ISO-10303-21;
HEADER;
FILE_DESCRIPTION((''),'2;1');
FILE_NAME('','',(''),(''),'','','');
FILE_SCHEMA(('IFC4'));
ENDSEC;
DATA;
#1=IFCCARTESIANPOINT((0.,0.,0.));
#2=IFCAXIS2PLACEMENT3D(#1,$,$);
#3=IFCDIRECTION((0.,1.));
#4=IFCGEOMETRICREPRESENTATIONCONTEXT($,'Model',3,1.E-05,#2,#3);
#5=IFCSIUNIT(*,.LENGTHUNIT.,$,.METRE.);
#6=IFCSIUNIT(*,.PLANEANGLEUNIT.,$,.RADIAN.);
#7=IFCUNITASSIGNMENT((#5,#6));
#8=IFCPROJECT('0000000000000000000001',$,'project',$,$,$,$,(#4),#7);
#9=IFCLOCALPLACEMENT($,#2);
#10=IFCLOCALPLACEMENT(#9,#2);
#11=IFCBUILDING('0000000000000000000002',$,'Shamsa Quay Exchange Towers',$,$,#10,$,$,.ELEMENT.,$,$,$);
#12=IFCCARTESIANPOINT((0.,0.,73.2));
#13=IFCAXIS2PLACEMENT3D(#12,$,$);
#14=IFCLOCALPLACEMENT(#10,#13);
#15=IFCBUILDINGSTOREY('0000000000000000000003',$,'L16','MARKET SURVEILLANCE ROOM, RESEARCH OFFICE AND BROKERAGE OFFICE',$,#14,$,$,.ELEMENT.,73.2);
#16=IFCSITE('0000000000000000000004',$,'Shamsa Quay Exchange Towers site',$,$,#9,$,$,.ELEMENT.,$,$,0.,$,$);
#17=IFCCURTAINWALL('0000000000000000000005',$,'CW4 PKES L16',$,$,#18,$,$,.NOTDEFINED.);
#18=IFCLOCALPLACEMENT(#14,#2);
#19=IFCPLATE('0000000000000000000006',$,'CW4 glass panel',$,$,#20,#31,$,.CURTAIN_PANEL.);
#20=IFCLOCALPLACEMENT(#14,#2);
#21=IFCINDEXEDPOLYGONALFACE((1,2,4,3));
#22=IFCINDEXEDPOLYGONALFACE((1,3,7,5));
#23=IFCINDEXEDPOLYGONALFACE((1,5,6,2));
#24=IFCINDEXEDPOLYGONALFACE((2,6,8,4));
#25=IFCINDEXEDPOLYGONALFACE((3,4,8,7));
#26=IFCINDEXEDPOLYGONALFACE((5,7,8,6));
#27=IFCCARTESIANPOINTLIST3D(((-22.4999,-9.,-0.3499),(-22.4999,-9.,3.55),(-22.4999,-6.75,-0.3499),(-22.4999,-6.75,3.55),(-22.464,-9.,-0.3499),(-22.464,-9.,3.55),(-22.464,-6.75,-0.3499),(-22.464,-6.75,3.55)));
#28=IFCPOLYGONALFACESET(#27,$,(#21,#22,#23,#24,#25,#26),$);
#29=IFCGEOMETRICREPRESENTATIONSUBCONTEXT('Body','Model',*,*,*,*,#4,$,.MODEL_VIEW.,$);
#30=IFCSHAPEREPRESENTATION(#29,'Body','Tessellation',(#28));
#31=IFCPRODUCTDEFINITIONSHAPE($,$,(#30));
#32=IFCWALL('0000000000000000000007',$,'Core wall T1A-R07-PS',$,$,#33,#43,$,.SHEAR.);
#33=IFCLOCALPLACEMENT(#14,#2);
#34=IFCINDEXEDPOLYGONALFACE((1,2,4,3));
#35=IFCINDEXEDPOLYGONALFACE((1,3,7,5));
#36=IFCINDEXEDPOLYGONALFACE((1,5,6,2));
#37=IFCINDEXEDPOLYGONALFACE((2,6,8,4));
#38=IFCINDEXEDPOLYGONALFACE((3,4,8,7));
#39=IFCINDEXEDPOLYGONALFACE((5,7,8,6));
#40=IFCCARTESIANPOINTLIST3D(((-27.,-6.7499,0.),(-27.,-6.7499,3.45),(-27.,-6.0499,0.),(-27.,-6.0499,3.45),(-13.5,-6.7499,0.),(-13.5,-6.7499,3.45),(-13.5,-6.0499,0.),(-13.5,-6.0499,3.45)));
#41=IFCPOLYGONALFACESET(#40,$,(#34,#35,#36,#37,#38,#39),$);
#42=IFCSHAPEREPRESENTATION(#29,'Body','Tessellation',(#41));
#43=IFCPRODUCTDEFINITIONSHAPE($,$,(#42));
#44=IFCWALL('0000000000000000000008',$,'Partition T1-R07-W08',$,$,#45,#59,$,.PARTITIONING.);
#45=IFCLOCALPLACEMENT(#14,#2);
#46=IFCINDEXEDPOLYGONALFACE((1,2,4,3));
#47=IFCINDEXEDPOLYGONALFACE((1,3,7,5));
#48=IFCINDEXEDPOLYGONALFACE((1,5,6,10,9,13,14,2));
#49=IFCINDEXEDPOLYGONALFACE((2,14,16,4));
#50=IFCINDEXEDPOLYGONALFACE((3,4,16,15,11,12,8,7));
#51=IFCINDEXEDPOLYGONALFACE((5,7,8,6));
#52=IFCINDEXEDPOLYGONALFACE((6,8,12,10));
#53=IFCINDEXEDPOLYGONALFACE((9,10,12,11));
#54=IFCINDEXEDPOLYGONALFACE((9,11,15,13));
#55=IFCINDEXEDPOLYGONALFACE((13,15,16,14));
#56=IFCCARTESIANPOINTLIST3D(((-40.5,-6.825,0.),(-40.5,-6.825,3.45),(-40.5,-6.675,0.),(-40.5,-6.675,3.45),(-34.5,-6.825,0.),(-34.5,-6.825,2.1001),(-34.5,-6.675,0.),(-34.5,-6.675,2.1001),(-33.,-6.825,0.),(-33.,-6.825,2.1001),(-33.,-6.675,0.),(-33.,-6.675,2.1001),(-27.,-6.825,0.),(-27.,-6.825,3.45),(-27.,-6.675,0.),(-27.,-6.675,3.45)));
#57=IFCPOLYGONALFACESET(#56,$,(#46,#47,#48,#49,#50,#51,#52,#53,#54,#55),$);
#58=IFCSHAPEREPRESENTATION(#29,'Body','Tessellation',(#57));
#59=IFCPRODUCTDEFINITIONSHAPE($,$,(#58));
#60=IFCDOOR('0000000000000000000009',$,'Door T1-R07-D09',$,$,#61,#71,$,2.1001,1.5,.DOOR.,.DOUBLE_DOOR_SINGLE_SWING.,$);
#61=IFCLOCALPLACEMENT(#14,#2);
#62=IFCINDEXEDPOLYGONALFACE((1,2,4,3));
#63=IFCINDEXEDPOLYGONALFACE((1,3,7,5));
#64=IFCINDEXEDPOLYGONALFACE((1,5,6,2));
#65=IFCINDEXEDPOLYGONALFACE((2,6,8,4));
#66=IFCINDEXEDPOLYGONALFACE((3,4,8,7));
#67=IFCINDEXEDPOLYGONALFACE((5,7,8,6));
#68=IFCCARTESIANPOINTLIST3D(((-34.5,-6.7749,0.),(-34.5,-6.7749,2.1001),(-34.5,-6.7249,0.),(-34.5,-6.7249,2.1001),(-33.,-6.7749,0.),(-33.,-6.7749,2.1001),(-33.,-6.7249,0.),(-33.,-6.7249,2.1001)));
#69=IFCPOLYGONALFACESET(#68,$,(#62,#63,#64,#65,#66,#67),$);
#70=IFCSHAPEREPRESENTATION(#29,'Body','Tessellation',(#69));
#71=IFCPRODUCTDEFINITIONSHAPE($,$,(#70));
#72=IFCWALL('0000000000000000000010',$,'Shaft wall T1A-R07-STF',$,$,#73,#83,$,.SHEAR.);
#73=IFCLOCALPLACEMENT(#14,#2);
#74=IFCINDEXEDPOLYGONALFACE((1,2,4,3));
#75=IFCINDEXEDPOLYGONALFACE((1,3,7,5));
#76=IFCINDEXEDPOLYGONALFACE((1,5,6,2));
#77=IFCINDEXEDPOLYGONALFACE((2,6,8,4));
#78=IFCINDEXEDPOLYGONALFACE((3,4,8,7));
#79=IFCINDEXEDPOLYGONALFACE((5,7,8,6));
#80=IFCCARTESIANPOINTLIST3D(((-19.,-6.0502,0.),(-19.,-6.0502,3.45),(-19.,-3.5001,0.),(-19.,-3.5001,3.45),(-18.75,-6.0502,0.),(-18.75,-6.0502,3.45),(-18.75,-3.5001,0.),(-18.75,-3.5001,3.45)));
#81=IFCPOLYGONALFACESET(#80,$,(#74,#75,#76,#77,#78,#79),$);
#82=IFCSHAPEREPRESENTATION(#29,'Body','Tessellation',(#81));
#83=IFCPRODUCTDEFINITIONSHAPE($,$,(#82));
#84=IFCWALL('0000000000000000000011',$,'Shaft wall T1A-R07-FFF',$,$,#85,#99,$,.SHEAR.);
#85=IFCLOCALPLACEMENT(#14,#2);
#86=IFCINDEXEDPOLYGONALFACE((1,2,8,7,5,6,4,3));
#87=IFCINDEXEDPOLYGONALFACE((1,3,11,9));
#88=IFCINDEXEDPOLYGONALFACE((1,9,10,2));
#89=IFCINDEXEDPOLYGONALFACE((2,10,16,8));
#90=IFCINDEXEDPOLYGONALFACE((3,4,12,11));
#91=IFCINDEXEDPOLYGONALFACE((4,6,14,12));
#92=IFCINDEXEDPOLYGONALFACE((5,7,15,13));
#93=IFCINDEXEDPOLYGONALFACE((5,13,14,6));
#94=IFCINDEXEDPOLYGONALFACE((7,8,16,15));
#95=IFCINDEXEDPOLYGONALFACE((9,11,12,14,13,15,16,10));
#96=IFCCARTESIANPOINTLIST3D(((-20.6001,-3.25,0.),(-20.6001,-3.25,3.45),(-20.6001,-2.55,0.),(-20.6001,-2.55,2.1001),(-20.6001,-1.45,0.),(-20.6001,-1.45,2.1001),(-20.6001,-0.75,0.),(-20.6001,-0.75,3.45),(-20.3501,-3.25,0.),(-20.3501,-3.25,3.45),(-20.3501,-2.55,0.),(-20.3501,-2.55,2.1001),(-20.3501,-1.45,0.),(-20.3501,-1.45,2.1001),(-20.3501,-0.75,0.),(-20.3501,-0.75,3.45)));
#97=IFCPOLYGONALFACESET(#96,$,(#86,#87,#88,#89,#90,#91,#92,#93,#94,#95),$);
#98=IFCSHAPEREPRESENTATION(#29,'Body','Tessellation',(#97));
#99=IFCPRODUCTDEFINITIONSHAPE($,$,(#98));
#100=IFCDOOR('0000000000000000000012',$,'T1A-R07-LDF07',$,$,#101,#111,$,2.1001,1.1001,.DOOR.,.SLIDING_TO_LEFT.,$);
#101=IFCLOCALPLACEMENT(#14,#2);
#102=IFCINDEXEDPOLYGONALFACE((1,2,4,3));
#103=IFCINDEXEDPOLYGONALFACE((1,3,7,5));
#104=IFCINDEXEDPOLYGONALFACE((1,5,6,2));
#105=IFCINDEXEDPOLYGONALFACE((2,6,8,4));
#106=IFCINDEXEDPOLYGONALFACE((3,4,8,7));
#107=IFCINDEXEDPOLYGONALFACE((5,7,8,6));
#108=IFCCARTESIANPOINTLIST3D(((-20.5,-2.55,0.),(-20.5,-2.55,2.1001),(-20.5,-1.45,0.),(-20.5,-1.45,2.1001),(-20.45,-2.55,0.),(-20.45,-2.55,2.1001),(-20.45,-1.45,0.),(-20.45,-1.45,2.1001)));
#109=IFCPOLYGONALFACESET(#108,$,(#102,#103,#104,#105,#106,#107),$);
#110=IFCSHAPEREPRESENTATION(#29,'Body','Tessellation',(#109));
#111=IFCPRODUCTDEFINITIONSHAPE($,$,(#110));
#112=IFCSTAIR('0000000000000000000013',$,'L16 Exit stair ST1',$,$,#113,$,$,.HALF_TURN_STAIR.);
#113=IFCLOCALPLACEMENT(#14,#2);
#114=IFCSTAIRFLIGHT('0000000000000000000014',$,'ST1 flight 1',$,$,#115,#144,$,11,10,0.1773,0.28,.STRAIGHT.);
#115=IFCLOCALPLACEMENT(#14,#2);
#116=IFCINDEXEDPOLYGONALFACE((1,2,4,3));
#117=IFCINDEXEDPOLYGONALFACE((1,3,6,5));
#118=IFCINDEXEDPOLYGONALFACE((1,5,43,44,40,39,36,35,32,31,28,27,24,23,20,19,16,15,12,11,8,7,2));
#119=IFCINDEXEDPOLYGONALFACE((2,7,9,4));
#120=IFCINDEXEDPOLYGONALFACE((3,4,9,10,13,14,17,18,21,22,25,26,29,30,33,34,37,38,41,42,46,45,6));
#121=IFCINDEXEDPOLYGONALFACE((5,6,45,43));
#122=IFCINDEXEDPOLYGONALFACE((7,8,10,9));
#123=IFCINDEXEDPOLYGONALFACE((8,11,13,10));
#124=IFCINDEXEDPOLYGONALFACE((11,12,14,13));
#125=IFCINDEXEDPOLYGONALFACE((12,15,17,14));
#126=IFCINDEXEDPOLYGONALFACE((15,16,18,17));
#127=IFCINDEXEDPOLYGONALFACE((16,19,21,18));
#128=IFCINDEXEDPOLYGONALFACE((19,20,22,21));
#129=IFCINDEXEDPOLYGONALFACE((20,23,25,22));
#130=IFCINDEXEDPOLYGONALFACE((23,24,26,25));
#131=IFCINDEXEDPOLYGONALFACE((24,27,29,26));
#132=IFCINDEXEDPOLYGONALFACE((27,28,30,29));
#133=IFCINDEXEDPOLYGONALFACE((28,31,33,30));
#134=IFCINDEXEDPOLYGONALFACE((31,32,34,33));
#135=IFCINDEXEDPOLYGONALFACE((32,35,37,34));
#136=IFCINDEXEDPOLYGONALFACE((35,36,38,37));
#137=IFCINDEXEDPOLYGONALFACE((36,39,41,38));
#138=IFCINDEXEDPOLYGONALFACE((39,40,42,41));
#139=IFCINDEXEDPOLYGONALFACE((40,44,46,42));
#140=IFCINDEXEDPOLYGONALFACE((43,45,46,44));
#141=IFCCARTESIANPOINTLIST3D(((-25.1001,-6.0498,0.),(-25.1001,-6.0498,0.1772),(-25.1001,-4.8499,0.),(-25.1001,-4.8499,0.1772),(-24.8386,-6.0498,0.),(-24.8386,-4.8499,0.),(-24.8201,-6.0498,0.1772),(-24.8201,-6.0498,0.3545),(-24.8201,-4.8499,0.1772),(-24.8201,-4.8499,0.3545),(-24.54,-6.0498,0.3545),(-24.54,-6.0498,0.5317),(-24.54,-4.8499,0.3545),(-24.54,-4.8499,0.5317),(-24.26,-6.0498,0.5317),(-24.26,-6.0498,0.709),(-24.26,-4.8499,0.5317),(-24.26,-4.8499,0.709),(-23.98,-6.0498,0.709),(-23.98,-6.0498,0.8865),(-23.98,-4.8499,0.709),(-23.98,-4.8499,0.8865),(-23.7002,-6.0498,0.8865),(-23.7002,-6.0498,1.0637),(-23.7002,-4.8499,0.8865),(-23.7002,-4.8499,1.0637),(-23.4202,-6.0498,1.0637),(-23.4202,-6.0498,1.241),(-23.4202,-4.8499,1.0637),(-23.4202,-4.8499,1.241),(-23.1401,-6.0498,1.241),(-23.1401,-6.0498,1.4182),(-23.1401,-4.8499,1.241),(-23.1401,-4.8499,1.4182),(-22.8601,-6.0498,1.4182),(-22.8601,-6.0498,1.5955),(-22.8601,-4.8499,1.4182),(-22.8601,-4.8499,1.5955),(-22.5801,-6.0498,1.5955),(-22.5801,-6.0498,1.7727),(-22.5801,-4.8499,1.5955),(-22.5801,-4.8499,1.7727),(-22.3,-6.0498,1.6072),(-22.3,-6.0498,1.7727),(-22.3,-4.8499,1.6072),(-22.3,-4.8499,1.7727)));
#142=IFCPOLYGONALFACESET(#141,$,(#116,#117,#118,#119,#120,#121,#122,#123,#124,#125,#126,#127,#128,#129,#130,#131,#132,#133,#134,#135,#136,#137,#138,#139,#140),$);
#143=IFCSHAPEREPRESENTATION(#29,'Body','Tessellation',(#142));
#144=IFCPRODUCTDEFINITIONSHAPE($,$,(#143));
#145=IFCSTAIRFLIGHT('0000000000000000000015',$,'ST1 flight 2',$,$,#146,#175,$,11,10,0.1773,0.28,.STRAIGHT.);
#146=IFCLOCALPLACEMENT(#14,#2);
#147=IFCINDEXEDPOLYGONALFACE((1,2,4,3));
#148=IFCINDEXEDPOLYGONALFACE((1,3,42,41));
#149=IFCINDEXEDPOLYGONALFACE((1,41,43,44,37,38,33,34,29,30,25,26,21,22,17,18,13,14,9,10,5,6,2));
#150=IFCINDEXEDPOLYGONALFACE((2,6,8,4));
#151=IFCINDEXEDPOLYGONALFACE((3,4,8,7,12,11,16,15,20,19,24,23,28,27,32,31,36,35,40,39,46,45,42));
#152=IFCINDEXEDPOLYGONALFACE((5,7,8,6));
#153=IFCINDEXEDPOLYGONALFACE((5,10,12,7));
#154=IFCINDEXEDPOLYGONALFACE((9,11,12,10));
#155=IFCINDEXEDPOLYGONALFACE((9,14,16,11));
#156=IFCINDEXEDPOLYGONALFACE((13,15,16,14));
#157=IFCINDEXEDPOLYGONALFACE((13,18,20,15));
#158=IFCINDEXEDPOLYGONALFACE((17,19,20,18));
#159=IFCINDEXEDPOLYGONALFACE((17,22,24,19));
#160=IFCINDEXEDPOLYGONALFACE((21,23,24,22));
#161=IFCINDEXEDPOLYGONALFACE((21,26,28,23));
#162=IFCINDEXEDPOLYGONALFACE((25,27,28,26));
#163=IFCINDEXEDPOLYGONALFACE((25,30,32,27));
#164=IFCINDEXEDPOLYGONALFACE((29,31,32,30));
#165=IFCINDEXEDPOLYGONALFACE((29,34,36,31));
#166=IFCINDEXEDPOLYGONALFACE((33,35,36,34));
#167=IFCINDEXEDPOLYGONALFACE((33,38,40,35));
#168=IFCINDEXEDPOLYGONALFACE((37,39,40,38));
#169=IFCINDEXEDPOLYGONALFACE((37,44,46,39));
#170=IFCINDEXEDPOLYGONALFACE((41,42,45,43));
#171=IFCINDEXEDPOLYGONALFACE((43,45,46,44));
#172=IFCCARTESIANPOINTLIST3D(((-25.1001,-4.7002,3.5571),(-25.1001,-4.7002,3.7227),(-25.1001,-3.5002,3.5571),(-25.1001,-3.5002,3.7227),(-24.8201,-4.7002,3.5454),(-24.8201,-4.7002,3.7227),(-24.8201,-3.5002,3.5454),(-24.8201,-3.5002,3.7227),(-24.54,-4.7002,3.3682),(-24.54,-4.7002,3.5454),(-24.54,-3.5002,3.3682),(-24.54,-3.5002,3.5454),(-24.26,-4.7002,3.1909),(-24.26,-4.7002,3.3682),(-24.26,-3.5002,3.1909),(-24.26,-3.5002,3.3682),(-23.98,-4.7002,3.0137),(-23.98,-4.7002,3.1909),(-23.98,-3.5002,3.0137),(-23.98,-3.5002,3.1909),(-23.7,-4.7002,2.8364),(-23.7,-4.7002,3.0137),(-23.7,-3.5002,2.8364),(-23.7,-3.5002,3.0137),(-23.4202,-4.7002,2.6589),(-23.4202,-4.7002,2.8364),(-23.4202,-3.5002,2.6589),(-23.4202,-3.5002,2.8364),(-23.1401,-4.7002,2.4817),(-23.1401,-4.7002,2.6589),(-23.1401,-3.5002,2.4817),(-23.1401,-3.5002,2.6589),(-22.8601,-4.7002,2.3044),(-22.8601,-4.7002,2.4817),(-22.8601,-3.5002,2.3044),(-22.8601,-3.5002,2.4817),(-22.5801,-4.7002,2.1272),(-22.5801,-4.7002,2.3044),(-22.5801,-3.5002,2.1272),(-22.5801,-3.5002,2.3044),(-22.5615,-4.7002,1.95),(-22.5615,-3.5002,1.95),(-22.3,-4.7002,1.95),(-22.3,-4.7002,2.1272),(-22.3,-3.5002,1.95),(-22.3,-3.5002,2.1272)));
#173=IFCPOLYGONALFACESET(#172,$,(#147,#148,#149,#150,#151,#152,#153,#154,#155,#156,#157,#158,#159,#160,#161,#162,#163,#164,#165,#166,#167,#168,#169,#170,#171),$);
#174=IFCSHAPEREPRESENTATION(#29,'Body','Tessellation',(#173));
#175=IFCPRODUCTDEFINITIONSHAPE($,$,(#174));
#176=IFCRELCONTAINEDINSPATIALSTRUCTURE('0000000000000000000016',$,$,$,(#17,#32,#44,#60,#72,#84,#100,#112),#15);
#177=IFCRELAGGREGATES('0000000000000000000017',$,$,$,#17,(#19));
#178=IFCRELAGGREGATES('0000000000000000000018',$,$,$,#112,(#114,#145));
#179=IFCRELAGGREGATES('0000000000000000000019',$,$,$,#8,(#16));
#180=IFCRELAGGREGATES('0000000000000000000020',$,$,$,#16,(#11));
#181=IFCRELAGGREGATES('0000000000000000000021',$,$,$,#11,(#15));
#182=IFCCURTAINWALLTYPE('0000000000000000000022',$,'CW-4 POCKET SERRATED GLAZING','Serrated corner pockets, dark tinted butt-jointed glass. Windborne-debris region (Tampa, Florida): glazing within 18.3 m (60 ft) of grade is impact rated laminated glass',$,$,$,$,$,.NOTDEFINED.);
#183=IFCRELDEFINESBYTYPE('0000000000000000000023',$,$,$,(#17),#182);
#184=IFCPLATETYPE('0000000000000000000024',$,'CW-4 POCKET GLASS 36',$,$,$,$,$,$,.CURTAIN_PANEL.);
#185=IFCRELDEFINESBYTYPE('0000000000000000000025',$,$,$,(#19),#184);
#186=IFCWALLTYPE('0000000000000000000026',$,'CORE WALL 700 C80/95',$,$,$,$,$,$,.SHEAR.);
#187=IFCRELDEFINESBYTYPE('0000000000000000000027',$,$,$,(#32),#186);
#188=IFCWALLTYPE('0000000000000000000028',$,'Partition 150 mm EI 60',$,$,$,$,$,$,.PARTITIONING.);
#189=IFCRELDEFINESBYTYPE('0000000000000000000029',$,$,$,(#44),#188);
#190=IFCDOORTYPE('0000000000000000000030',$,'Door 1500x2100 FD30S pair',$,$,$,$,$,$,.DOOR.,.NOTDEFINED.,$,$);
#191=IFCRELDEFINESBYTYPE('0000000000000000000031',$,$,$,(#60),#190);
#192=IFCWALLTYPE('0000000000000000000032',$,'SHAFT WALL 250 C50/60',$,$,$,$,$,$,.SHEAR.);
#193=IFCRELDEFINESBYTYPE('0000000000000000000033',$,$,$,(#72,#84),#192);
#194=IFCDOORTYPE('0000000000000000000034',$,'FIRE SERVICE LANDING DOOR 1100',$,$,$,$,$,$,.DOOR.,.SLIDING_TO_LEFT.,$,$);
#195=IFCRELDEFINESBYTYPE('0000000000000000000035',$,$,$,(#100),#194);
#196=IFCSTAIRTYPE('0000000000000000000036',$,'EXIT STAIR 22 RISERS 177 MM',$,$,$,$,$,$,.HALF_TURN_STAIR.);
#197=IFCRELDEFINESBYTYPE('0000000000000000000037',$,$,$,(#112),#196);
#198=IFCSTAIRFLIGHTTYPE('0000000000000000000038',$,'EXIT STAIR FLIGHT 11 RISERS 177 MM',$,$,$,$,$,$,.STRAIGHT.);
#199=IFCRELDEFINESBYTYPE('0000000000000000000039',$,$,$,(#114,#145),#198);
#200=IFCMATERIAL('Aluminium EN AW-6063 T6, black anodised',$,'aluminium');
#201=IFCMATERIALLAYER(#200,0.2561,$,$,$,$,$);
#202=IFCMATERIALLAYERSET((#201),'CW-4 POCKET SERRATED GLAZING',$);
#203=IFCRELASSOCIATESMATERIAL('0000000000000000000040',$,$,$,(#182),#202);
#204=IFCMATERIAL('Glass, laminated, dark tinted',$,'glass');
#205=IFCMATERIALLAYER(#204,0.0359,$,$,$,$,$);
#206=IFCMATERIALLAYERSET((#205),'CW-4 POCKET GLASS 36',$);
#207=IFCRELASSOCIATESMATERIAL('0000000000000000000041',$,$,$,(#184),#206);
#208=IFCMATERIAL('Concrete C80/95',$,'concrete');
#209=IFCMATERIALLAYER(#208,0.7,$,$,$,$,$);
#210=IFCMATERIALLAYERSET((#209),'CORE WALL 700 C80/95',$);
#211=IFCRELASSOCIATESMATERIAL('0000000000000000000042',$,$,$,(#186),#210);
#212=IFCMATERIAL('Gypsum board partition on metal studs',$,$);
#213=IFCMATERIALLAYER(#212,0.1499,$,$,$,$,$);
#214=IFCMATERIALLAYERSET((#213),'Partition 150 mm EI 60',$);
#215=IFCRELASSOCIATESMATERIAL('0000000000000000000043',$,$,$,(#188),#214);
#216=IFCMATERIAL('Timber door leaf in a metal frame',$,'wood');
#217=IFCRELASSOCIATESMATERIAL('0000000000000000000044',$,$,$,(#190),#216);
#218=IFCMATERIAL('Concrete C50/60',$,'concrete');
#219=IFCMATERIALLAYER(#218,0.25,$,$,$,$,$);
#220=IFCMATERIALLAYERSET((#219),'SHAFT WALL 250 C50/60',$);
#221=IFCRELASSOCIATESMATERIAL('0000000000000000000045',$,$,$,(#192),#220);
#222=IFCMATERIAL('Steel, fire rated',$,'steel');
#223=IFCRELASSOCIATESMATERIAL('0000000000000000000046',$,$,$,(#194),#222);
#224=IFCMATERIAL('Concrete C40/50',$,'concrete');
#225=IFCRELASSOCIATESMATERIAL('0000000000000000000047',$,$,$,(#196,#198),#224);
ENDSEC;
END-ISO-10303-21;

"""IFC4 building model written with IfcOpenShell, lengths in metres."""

from ifc_helpers import new_model, si_unit, direction, frame, frame_2d, origin, origin_2d, place, context, subcontext, project, spatial, polyline, rectangle, outline, extrude, material, layer, layer_set, type_object, element, fill, aggregate, save


model = new_model("IFC4")

# Units and contexts
model_context = context("Model", 3, precision=1e-05, world=origin(), true_north=direction((0.0, 1.0)))
body_context = subcontext(model_context, "Body", "Model", "MODEL_VIEW")
ifc_project = project(units=[si_unit("LENGTHUNIT", "METRE"), si_unit("PLANEANGLEUNIT", "RADIAN")], contexts=[model_context])

# Site, building, storey
site_placement = place(None, origin())
site = spatial("IfcSite", under=ifc_project, at=site_placement, Name="Shamsa Quay Exchange Towers site", CompositionType="ELEMENT", RefElevation=0.0)
building_placement = place(site_placement, origin())
building = spatial("IfcBuilding", under=site, at=building_placement, Name="Shamsa Quay Exchange Towers", CompositionType="ELEMENT")
storey_placement = place(building_placement, frame((0.0, 0.0, 73.2)))
storey = spatial("IfcBuildingStorey", under=building, at=storey_placement, Name="L16", Description="MARKET SURVEILLANCE ROOM, RESEARCH OFFICE AND BROKERAGE OFFICE", CompositionType="ELEMENT", Elevation=73.2)

# Shared definitions
ifc_material_1 = material(Name="Aluminium EN AW-6063 T6, black anodised", Category="aluminium")
ifc_material_2 = material(Name="Glass, laminated, dark tinted", Category="glass")

# Curtain wall, plate
ifc_layer_1 = layer(ifc_material_1, 0.2561)
ifc_layer_set_1 = layer_set([ifc_layer_1], Name="CW-4 POCKET SERRATED GLAZING")
curtain_wall_type_1 = type_object("IfcCurtainWallType", Name="CW-4 POCKET SERRATED GLAZING", Description="Serrated corner pockets, dark tinted butt-jointed glass. Windborne-debris region (Tampa, Florida): glazing within 18.3 m (60 ft) of grade is impact rated laminated glass", PredefinedType="NOTDEFINED", material=ifc_layer_set_1)
curtain_wall_1_placement = place(storey_placement, origin())
curtain_wall_1 = element("IfcCurtainWall", 1, at=curtain_wall_1_placement, inside=storey, type_object=curtain_wall_type_1, Name="CW4 PKES L16", PredefinedType="NOTDEFINED")
ifc_layer_2 = layer(ifc_material_2, 0.0359)
ifc_layer_set_2 = layer_set([ifc_layer_2], Name="CW-4 POCKET GLASS 36")
plate_type_1 = type_object("IfcPlateType", Name="CW-4 POCKET GLASS 36", PredefinedType="CURTAIN_PANEL", material=ifc_layer_set_2)
plate_1_placement = place(storey_placement, frame((-22.4819, -7.875, -0.3499), z_axis=(0.0, 0.0, 1.0), x_axis=(0.0, 1.0, 0.0)))
plate_1 = element("IfcPlate", 2, at=plate_1_placement, type_object=plate_type_1, Name="CW4 glass panel", PredefinedType="CURTAIN_PANEL", context=body_context, shape_type="SweptSolid", body=[
    extrude(rectangle(XDim=2.25, YDim=0.0359, at=origin_2d()), origin(), (0.0, 0.0, 1.0), 3.8999),
])
aggregate(curtain_wall_1, [plate_1])

# Wall
ifc_material_3 = material(Name="Concrete C80/95", Category="concrete")
ifc_layer_3 = layer(ifc_material_3, 0.7)
ifc_layer_set_3 = layer_set([ifc_layer_3], Name="CORE WALL 700 C80/95")
wall_type_1 = type_object("IfcWallType", Name="CORE WALL 700 C80/95", PredefinedType="SHEAR", material=ifc_layer_set_3)
wall_1_placement = place(storey_placement, frame((-27.0, -6.3999, 0.0)))
element("IfcWall", 3, at=wall_1_placement, inside=storey, type_object=wall_type_1, Name="Core wall T1A-R07-PS", PredefinedType="SHEAR", context=body_context, shape_type="SweptSolid", body=[
    extrude(rectangle(XDim=13.5, YDim=0.7, at=frame_2d((6.75, 0.0))), origin(), (0.0, 0.0, 1.0), 3.45),
])

# Wall, opening, door
ifc_material_4 = material(Name="Gypsum board partition on metal studs")
ifc_layer_4 = layer(ifc_material_4, 0.1499)
ifc_layer_set_4 = layer_set([ifc_layer_4], Name="Partition 150 mm EI 60")
wall_type_2 = type_object("IfcWallType", Name="Partition 150 mm EI 60", PredefinedType="PARTITIONING", material=ifc_layer_set_4)
wall_2_placement = place(storey_placement, frame((-27.0, -6.75, 0.0), z_axis=(0.0, 0.0, 1.0), x_axis=(-1.0, 0.0, 0.0)))
wall_2 = element("IfcWall", 4, at=wall_2_placement, inside=storey, type_object=wall_type_2, Name="Partition T1-R07-W08", PredefinedType="PARTITIONING", context=body_context, shape_type="SweptSolid", body=[
    extrude(rectangle(XDim=13.5, YDim=0.1499, at=frame_2d((6.75, 0.0))), origin(), (0.0, 0.0, 1.0), 3.45),
])
opening_1_placement = place(wall_2_placement, frame((6.0, 0.0, 0.0)))
opening_1 = element("IfcOpeningElement", 5, at=opening_1_placement, cuts=wall_2, PredefinedType="OPENING", context=body_context, shape_type="SweptSolid", body=[
    extrude(rectangle(XDim=1.5, YDim=2.1001, at=frame_2d((0.75, 1.05))), frame((0.0, 0.085, 0.0), z_axis=(0.0, -1.0, 0.0), x_axis=(1.0, 0.0, 0.0)), (0.0, 0.0, 1.0), 0.1699),
])
ifc_material_5 = material(Name="Timber door leaf in a metal frame", Category="wood")
door_type_1 = type_object("IfcDoorType", Name="Door 1500x2100 FD30S pair", OperationType="NOTDEFINED", PredefinedType="DOOR", material=ifc_material_5)
door_1_placement = place(opening_1_placement, origin())
door_1 = element("IfcDoor", 6, at=door_1_placement, inside=storey, type_object=door_type_1, Name="Door T1-R07-D09", OperationType="DOUBLE_DOOR_SINGLE_SWING", OverallHeight=2.1001, OverallWidth=1.5, PredefinedType="DOOR", context=body_context, shape_type="SweptSolid", body=[
    extrude(rectangle(XDim=1.5, YDim=2.1001, at=frame_2d((0.75, 1.05))), frame((0.0, 0.0249, 0.0), z_axis=(0.0, -1.0, 0.0), x_axis=(1.0, 0.0, 0.0)), (0.0, 0.0, 1.0), 0.05),
])
fill(opening_1, door_1)

# Wall
ifc_material_6 = material(Name="Concrete C50/60", Category="concrete")
ifc_layer_5 = layer(ifc_material_6, 0.25)
ifc_layer_set_5 = layer_set([ifc_layer_5], Name="SHAFT WALL 250 C50/60")
wall_type_3 = type_object("IfcWallType", Name="SHAFT WALL 250 C50/60", PredefinedType="SHEAR", material=ifc_layer_set_5)
wall_3_placement = place(storey_placement, frame((-18.875, -6.05, 0.0), z_axis=(0.0, 0.0, 1.0), x_axis=(0.0, 1.0, 0.0)))
element("IfcWall", 7, at=wall_3_placement, inside=storey, type_object=wall_type_3, Name="Shaft wall T1A-R07-STF", PredefinedType="SHEAR", context=body_context, shape_type="SweptSolid", body=[
    extrude(rectangle(XDim=2.55, YDim=0.25, at=frame_2d((1.2749, 0.0))), origin(), (0.0, 0.0, 1.0), 3.45),
])

# Wall, opening, door
wall_4_placement = place(storey_placement, frame((-20.4751, -3.25, 0.0), z_axis=(0.0, 0.0, 1.0), x_axis=(0.0, 1.0, 0.0)))
wall_4 = element("IfcWall", 8, at=wall_4_placement, inside=storey, type_object=wall_type_3, Name="Shaft wall T1A-R07-FFF", PredefinedType="SHEAR", context=body_context, shape_type="SweptSolid", body=[
    extrude(rectangle(XDim=2.5, YDim=0.25, at=frame_2d((1.25, 0.0))), origin(), (0.0, 0.0, 1.0), 3.45),
])
opening_2_placement = place(wall_4_placement, frame((0.7, 0.0, 0.0)))
opening_2 = element("IfcOpeningElement", 9, at=opening_2_placement, cuts=wall_4, PredefinedType="OPENING", context=body_context, shape_type="SweptSolid", body=[
    extrude(rectangle(XDim=1.1001, YDim=2.1001, at=frame_2d((0.55, 1.05))), frame((0.0, 0.135, 0.0), z_axis=(0.0, -1.0, 0.0), x_axis=(1.0, 0.0, 0.0)), (0.0, 0.0, 1.0), 0.27),
])
ifc_material_7 = material(Name="Steel, fire rated", Category="steel")
door_type_2 = type_object("IfcDoorType", Name="FIRE SERVICE LANDING DOOR 1100", OperationType="SLIDING_TO_LEFT", PredefinedType="DOOR", material=ifc_material_7)
door_2_placement = place(opening_2_placement, origin())
door_2 = element("IfcDoor", 10, at=door_2_placement, inside=storey, type_object=door_type_2, Name="T1A-R07-LDF07", OperationType="SLIDING_TO_LEFT", OverallHeight=2.1001, OverallWidth=1.1001, PredefinedType="DOOR", context=body_context, shape_type="SweptSolid", body=[
    extrude(rectangle(XDim=1.1001, YDim=2.1001, at=frame_2d((0.55, 1.05))), frame((0.0, 0.0249, 0.0), z_axis=(0.0, -1.0, 0.0), x_axis=(1.0, 0.0, 0.0)), (0.0, 0.0, 1.0), 0.05),
])
fill(opening_2, door_2)

# Stair, stair flights
ifc_material_8 = material(Name="Concrete C40/50", Category="concrete")
stair_type = type_object("IfcStairType", Name="EXIT STAIR 22 RISERS 177 MM", PredefinedType="HALF_TURN_STAIR", material=ifc_material_8)
stair_placement = place(storey_placement, origin())
stair = element("IfcStair", 11, at=stair_placement, inside=storey, type_object=stair_type, Name="L16 Exit stair ST1", PredefinedType="HALF_TURN_STAIR")
stair_flight_type = type_object("IfcStairFlightType", Name="EXIT STAIR FLIGHT 11 RISERS 177 MM", PredefinedType="STRAIGHT", material=ifc_material_8)
stair_flight_1_placement = place(storey_placement, frame((-25.1001, -5.45, 0.0)))
stair_flight_1 = element("IfcStairFlight", 12, at=stair_flight_1_placement, type_object=stair_flight_type, Name="ST1 flight 1", NumberOfRisers=11, NumberOfTreads=10, PredefinedType="STRAIGHT", RiserHeight=0.1773, TreadLength=0.28, context=body_context, shape_type="SweptSolid", body=[
    extrude(outline(polyline([(0.0, 0.0), (0.0, 0.1772), (0.28, 0.1772), (0.28, 0.3545), (0.5601, 0.3545), (0.5601, 0.5317), (0.8401, 0.5317), (0.8401, 0.709), (1.1201, 0.709), (1.1201, 0.8865), (1.3999, 0.8865), (1.3999, 1.0637), (1.6799, 1.0637), (1.6799, 1.241), (1.96, 1.241), (1.96, 1.4182), (2.24, 1.4182), (2.24, 1.5955), (2.52, 1.5955), (2.52, 1.7727), (2.8, 1.7727), (2.8, 1.95), (2.8, 1.6072), (0.2615, 0.0), (0.0, 0.0)])), frame((0.0, 0.6001, 0.0), z_axis=(0.0, -1.0, 0.0), x_axis=(1.0, 0.0, 0.0)), (0.0, 0.0, 1.0), 1.2),
])
stair_flight_2_placement = place(storey_placement, frame((-22.3, -4.1001, 1.95), z_axis=(0.0, 0.0, 1.0), x_axis=(-1.0, 0.0, 0.0)))
stair_flight_2 = element("IfcStairFlight", 13, at=stair_flight_2_placement, type_object=stair_flight_type, Name="ST1 flight 2", NumberOfRisers=11, NumberOfTreads=10, PredefinedType="STRAIGHT", RiserHeight=0.1773, TreadLength=0.28, context=body_context, shape_type="SweptSolid", body=[
    extrude(outline(polyline([(0.0, 0.0), (0.0, 0.1772), (0.28, 0.1772), (0.28, 0.3545), (0.5601, 0.3545), (0.5601, 0.5317), (0.8401, 0.5317), (0.8401, 0.709), (1.1201, 0.709), (1.1201, 0.8865), (1.3999, 0.8865), (1.3999, 1.0637), (1.6799, 1.0637), (1.6799, 1.241), (1.96, 1.241), (1.96, 1.4182), (2.24, 1.4182), (2.24, 1.5955), (2.52, 1.5955), (2.52, 1.7727), (2.8, 1.7727), (2.8, 1.95), (2.8, 1.6072), (0.2615, 0.0), (0.0, 0.0)])), frame((0.0, 0.6001, 0.0), z_axis=(0.0, -1.0, 0.0), x_axis=(1.0, 0.0, 0.0)), (0.0, 0.0, 1.0), 1.2),
])
aggregate(stair, [stair_flight_1, stair_flight_2])

save(model, "model.ifc")
